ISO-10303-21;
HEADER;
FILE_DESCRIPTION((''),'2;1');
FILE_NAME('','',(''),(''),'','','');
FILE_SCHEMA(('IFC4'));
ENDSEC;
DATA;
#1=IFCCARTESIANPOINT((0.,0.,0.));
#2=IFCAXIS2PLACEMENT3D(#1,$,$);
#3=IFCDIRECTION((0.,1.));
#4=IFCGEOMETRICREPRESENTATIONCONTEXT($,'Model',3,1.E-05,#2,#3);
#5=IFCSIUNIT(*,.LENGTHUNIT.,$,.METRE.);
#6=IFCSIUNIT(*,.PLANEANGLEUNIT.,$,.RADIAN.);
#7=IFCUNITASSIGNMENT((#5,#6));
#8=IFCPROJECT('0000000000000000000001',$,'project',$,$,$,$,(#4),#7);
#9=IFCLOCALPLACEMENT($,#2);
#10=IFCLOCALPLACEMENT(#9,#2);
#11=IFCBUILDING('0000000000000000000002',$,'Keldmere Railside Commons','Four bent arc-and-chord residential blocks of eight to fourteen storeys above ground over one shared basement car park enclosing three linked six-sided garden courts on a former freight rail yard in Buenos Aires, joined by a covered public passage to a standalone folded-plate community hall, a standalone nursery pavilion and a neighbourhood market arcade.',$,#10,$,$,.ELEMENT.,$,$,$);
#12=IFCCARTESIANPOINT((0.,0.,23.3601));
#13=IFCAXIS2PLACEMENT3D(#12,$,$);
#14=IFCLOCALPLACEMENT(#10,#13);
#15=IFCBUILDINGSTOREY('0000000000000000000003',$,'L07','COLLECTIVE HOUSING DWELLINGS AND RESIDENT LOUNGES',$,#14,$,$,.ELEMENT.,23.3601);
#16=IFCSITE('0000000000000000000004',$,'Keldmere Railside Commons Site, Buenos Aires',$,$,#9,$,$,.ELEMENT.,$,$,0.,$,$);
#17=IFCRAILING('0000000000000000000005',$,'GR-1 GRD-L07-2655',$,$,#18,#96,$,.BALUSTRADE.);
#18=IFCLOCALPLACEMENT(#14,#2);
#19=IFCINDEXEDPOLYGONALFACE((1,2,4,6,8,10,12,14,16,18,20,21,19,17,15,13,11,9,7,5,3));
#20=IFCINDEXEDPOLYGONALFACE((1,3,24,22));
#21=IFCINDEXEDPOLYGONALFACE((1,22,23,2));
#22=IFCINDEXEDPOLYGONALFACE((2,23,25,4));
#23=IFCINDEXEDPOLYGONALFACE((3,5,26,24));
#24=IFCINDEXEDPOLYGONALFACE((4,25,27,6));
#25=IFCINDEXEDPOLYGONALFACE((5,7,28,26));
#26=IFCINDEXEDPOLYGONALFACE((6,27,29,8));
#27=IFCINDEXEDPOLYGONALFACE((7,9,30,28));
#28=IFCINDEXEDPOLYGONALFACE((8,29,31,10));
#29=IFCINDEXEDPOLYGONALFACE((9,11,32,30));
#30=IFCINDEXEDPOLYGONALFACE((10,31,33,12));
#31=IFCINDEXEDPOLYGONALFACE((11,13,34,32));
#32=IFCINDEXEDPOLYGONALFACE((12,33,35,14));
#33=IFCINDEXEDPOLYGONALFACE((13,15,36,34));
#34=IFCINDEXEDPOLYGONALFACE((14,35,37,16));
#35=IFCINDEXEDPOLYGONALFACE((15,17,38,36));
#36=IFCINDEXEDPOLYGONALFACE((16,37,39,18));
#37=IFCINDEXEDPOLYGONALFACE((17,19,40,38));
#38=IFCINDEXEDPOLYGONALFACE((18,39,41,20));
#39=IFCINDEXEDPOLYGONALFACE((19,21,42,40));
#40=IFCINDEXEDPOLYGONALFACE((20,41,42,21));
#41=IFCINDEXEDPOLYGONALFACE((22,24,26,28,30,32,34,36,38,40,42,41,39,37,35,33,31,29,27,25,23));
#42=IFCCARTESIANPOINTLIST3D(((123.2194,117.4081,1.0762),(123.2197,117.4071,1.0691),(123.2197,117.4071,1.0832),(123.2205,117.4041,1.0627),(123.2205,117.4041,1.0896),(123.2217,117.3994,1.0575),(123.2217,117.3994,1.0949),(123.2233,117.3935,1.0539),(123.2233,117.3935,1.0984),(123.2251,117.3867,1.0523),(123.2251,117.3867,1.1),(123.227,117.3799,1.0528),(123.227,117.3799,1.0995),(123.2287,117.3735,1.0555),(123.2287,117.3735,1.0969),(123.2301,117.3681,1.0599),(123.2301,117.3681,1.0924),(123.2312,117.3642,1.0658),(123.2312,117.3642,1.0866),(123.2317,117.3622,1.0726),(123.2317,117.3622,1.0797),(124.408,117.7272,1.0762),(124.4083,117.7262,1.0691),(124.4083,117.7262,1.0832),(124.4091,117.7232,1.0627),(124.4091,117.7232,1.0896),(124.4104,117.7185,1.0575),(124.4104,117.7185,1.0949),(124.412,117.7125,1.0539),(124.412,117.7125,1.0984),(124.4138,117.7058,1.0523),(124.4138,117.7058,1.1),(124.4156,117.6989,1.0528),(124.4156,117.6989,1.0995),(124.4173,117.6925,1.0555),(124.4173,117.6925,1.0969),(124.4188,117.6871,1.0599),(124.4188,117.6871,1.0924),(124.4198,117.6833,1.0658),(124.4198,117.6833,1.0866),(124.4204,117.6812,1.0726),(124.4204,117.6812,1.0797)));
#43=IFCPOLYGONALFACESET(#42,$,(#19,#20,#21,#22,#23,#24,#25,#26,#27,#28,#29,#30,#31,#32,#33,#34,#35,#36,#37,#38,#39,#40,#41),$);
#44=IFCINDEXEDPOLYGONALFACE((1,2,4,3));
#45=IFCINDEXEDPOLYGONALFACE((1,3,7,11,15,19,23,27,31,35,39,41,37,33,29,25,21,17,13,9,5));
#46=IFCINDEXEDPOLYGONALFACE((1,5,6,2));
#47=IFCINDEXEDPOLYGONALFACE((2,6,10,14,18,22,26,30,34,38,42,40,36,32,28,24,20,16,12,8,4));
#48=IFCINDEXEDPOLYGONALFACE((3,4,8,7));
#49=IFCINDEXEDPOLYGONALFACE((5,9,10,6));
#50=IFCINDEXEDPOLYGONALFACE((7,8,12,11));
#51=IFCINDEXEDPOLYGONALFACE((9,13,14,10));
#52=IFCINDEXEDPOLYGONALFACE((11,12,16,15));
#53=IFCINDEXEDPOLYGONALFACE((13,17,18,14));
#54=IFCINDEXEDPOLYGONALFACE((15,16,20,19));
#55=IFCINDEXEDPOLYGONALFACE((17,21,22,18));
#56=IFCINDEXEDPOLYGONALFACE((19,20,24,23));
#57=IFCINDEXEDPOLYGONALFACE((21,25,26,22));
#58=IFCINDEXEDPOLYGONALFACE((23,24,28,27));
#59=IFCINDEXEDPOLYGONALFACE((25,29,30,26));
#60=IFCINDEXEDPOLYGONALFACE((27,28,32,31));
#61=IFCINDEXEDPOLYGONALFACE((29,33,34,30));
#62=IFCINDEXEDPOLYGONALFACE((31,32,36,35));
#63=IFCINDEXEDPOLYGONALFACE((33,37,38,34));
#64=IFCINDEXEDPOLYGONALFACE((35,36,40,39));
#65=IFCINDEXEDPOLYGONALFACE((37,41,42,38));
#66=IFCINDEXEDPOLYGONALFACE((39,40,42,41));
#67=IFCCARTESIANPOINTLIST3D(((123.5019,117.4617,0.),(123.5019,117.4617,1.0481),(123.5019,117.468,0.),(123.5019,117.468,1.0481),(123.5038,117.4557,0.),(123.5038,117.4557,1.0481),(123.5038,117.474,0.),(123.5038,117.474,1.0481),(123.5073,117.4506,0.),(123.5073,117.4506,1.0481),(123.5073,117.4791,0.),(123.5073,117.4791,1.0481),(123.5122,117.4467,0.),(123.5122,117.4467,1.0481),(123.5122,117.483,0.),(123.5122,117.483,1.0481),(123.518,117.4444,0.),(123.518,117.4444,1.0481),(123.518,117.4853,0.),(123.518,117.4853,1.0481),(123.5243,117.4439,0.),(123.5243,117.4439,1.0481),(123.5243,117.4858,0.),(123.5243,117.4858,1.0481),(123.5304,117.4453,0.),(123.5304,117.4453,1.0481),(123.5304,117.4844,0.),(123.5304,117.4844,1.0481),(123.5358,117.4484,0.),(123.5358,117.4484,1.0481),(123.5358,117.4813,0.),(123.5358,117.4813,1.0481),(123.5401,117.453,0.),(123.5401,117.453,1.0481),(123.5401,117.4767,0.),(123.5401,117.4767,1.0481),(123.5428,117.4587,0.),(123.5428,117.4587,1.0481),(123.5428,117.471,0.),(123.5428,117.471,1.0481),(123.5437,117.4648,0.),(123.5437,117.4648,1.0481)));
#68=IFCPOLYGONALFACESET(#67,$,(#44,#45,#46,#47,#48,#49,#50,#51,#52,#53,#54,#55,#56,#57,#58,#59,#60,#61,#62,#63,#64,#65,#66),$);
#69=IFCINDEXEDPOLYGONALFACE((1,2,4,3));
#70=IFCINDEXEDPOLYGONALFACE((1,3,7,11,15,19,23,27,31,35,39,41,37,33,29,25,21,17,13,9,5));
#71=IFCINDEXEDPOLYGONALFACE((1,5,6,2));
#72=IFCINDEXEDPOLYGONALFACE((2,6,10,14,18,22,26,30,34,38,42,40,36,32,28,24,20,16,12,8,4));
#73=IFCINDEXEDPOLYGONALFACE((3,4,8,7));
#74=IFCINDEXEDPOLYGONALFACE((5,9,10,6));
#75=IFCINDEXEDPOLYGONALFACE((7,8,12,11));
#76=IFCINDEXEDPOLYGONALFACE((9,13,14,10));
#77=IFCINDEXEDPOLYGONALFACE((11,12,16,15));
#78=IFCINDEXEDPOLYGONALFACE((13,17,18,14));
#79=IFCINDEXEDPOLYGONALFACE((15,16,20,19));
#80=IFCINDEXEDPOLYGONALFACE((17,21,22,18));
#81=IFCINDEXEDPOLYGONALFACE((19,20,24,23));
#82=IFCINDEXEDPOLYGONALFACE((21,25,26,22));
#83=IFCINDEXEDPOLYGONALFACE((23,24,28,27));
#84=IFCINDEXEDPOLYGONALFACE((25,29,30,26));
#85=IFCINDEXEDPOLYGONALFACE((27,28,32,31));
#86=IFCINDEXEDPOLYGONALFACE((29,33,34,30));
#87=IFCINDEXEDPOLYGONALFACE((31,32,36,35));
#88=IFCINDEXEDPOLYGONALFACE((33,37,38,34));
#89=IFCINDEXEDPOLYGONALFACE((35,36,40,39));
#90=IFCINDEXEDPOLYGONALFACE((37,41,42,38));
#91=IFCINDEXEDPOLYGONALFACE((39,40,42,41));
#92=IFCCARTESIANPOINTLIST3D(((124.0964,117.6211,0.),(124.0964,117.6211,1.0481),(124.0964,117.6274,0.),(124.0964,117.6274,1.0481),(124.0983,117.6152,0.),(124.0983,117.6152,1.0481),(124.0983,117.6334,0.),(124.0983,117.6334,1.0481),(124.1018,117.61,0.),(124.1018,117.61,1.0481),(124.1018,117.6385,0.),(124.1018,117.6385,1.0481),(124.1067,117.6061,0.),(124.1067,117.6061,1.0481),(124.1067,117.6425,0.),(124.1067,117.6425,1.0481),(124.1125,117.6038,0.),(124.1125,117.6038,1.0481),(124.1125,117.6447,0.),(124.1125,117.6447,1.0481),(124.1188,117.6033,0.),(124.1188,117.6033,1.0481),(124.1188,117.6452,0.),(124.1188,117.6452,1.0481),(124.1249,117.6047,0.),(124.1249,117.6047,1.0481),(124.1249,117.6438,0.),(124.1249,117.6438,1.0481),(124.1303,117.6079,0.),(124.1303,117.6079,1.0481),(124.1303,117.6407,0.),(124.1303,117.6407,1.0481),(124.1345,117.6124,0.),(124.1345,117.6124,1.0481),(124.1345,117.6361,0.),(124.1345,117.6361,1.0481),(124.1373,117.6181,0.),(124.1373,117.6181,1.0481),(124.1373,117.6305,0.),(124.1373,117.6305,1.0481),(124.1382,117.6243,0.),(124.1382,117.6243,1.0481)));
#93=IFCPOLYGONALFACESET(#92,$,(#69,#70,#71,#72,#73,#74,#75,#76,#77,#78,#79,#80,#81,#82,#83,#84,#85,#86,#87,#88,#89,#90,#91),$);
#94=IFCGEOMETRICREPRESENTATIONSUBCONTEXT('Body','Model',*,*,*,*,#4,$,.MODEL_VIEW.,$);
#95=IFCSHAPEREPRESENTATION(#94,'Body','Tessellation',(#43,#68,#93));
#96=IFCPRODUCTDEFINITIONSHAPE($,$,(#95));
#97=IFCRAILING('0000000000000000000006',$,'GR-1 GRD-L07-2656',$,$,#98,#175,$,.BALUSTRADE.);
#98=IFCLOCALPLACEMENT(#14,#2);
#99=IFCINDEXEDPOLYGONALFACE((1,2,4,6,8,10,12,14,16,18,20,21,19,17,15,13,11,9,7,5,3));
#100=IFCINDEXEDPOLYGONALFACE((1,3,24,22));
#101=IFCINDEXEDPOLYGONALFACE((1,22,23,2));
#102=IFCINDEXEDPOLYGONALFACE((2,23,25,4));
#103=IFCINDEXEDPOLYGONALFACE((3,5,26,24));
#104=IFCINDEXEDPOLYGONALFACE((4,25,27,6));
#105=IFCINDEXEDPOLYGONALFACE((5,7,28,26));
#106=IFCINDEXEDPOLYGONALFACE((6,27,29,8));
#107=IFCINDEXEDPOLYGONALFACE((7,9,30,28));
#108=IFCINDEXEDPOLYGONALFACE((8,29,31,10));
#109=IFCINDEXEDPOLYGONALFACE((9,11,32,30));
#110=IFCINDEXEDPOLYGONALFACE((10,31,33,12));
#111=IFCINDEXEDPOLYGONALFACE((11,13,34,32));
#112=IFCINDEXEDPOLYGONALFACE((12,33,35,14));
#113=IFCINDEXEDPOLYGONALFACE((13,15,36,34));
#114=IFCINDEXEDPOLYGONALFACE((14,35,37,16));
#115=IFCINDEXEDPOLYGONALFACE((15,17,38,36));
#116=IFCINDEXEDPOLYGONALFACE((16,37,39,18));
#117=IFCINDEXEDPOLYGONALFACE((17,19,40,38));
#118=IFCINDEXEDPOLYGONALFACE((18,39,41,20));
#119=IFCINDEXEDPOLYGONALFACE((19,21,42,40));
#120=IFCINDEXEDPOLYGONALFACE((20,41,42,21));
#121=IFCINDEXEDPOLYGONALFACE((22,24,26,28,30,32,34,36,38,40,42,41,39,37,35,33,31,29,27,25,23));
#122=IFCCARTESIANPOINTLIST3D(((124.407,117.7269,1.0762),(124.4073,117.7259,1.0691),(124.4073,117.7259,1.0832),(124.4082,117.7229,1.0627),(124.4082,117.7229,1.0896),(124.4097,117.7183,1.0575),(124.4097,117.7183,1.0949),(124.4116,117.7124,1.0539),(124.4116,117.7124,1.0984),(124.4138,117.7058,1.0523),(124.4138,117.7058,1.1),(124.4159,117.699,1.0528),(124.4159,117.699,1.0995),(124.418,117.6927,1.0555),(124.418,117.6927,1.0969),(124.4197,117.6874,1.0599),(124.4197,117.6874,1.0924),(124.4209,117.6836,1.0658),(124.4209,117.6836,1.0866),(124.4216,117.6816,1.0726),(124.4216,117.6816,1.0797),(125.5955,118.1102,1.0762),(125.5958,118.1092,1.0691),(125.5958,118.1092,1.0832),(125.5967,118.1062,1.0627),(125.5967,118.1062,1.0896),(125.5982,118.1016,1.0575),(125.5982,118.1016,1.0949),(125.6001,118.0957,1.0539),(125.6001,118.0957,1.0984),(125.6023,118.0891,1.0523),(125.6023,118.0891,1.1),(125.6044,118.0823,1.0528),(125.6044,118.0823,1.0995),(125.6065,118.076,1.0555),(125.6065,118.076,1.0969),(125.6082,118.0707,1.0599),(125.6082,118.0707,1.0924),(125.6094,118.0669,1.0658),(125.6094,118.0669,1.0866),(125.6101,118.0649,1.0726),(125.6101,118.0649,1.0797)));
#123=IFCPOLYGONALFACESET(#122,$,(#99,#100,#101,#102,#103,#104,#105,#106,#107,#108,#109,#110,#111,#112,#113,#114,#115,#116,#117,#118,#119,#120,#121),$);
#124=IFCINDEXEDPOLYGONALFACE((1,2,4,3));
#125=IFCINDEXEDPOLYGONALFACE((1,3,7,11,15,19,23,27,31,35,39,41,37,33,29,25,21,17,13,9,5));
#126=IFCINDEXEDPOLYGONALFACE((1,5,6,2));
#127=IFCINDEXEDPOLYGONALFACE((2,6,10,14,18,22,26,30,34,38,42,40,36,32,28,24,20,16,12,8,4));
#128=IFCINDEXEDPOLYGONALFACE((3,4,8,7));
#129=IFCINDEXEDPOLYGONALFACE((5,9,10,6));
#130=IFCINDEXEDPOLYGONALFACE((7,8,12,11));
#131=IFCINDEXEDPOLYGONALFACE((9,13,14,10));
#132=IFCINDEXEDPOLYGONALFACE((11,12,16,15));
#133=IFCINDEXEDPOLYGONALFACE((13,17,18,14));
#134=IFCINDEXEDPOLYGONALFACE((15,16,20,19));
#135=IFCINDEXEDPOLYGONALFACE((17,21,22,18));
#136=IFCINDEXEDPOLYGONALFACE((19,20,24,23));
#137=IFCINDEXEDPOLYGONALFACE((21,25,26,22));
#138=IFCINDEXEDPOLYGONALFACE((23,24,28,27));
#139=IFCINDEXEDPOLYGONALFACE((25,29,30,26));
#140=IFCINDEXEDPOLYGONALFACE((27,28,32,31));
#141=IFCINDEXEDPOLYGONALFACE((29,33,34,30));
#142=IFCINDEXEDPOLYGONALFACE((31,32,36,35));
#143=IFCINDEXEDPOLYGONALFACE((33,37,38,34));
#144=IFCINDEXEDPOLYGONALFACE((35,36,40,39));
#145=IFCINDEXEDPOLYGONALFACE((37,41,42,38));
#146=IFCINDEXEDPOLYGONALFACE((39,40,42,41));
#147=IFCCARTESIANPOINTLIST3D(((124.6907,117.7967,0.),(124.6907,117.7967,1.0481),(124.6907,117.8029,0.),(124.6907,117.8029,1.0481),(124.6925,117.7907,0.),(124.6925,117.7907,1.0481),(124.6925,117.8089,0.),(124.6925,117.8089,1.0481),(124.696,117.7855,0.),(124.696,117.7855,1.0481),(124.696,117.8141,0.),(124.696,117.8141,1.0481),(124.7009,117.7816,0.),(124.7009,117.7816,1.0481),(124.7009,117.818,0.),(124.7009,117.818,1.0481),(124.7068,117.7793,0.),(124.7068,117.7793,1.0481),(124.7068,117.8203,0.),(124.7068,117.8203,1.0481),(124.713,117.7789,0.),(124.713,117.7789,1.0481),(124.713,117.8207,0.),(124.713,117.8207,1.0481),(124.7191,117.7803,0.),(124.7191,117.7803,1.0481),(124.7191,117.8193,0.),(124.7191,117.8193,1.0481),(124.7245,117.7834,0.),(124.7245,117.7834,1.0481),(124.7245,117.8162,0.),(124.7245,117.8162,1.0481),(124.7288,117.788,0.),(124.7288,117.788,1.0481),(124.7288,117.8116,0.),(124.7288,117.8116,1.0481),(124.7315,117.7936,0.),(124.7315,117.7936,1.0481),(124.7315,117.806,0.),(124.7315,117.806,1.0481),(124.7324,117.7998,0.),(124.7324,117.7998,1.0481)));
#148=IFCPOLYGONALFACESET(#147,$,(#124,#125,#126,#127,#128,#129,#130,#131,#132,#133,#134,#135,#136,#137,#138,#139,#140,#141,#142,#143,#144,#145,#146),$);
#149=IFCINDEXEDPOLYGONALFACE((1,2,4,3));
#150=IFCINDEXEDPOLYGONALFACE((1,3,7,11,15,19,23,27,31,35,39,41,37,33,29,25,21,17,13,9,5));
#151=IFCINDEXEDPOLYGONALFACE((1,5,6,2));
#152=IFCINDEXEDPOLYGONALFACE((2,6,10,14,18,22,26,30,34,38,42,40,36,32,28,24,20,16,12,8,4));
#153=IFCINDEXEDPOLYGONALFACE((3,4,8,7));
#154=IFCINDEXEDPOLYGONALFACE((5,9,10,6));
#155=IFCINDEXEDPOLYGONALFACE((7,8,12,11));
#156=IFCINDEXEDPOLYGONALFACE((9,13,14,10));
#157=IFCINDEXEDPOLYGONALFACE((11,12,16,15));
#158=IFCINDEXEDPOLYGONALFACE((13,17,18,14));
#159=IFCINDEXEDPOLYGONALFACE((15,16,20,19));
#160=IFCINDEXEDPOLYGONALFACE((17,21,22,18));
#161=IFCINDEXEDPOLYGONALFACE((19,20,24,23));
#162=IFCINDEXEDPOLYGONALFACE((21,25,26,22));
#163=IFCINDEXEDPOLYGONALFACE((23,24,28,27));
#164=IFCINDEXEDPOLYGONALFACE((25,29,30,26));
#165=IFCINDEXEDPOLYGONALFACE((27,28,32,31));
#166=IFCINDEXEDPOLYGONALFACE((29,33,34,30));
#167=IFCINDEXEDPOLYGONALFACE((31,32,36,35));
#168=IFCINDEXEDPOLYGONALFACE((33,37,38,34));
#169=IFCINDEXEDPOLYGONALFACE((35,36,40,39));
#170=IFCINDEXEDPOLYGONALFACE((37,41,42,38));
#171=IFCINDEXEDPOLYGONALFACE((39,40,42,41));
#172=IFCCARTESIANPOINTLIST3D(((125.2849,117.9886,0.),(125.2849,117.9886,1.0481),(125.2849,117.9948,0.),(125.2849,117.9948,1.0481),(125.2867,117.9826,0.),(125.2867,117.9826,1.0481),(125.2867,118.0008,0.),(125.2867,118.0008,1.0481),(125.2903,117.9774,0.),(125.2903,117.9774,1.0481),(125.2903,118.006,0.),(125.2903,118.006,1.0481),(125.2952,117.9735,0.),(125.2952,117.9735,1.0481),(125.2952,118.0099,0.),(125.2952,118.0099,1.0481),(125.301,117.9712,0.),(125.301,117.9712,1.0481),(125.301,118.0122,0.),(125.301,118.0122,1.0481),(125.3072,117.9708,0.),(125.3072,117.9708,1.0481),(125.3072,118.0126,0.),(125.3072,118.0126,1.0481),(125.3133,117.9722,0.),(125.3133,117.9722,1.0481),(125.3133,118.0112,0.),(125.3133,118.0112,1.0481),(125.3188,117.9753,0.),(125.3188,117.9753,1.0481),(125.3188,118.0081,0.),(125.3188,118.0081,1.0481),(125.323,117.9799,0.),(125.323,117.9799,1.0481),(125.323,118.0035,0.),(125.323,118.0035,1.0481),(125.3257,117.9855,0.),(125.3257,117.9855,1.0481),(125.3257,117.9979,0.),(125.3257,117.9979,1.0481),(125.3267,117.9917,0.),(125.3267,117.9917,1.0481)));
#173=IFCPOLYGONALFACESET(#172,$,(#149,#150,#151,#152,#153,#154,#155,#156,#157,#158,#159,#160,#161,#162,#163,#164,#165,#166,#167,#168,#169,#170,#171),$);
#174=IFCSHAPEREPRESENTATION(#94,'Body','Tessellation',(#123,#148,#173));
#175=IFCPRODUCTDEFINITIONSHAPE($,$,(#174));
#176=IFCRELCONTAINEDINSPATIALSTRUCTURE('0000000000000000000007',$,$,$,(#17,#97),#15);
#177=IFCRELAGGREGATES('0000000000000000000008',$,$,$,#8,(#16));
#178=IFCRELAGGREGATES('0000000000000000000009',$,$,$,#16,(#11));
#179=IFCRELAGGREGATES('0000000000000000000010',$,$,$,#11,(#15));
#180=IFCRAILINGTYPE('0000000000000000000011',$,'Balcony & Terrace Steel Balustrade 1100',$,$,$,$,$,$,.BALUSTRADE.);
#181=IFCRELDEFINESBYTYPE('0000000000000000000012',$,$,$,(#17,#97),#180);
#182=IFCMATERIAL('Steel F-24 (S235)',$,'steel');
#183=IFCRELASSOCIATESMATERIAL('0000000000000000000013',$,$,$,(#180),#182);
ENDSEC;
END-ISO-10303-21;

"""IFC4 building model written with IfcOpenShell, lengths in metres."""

from ifc_helpers import new_model, si_unit, direction, frame, origin, origin_2d, place, context, subcontext, project, spatial, circle, extrude, material, type_object, element, save


model = new_model("IFC4")

# Units and contexts
model_context = context("Model", 3, precision=1e-05, world=origin(), true_north=direction((0.0, 1.0)))
body_context = subcontext(model_context, "Body", "Model", "MODEL_VIEW")
ifc_project = project(units=[si_unit("LENGTHUNIT", "METRE"), si_unit("PLANEANGLEUNIT", "RADIAN")], contexts=[model_context])

# Site, building, storey
site_placement = place(None, origin())
site = spatial("IfcSite", under=ifc_project, at=site_placement, Name="Keldmere Railside Commons Site, Buenos Aires", CompositionType="ELEMENT", RefElevation=0.0)
building_placement = place(site_placement, origin())
building = spatial("IfcBuilding", under=site, at=building_placement, Name="Keldmere Railside Commons", Description="Four bent arc-and-chord residential blocks of eight to fourteen storeys above ground over one shared basement car park enclosing three linked six-sided garden courts on a former freight rail yard in Buenos Aires, joined by a covered public passage to a standalone folded-plate community hall, a standalone nursery pavilion and a neighbourhood market arcade.", CompositionType="ELEMENT")
storey_placement = place(building_placement, frame((0.0, 0.0, 23.3601)))
storey = spatial("IfcBuildingStorey", under=building, at=storey_placement, Name="L07", Description="COLLECTIVE HOUSING DWELLINGS AND RESIDENT LOUNGES", CompositionType="ELEMENT", Elevation=23.3601)

# Railings
ifc_material_1 = material(Name="Steel F-24 (S235)", Category="steel")
railing_type = type_object("IfcRailingType", Name="Balcony & Terrace Steel Balustrade 1100", PredefinedType="BALUSTRADE", material=ifc_material_1)
railing_1_placement = place(storey_placement, frame((123.2256, 117.385, 0.0)))
element("IfcRailing", 1, at=railing_1_placement, inside=storey, type_object=railing_type, Name="GR-1 GRD-L07-2655", PredefinedType="BALUSTRADE", context=body_context, shape_type="SweptSolid", body=[
    extrude(circle(Radius=0.0239, at=origin_2d()), frame((0.0, 0.0, 1.0762), z_axis=(0.965809, 0.259255, 0.0), x_axis=(-0.259255, 0.965809, 0.0)), (0.0, 0.0, 1.0), 1.2307),
    extrude(circle(Radius=0.021, at=origin_2d()), frame((0.2971, 0.0798, 0.0)), (0.0, 0.0, 1.0), 1.0481),
    extrude(circle(Radius=0.021, at=origin_2d()), frame((0.8916, 0.2393, 0.0)), (0.0, 0.0, 1.0), 1.0481),
])
railing_2_placement = place(storey_placement, frame((124.4143, 117.7041, 0.0)))
element("IfcRailing", 2, at=railing_2_placement, inside=storey, type_object=railing_type, Name="GR-1 GRD-L07-2656", PredefinedType="BALUSTRADE", context=body_context, shape_type="SweptSolid", body=[
    extrude(circle(Radius=0.0239, at=origin_2d()), frame((0.0, 0.0, 1.0762), z_axis=(0.951727, 0.306946, 0.0), x_axis=(-0.306946, 0.951727, 0.0)), (0.0, 0.0, 1.0), 1.2488),
    extrude(circle(Radius=0.021, at=origin_2d()), frame((0.2971, 0.0957, 0.0)), (0.0, 0.0, 1.0), 1.0481),
    extrude(circle(Radius=0.021, at=origin_2d()), frame((0.8914, 0.2876, 0.0)), (0.0, 0.0, 1.0), 1.0481),
])

save(model, "model.ifc")
